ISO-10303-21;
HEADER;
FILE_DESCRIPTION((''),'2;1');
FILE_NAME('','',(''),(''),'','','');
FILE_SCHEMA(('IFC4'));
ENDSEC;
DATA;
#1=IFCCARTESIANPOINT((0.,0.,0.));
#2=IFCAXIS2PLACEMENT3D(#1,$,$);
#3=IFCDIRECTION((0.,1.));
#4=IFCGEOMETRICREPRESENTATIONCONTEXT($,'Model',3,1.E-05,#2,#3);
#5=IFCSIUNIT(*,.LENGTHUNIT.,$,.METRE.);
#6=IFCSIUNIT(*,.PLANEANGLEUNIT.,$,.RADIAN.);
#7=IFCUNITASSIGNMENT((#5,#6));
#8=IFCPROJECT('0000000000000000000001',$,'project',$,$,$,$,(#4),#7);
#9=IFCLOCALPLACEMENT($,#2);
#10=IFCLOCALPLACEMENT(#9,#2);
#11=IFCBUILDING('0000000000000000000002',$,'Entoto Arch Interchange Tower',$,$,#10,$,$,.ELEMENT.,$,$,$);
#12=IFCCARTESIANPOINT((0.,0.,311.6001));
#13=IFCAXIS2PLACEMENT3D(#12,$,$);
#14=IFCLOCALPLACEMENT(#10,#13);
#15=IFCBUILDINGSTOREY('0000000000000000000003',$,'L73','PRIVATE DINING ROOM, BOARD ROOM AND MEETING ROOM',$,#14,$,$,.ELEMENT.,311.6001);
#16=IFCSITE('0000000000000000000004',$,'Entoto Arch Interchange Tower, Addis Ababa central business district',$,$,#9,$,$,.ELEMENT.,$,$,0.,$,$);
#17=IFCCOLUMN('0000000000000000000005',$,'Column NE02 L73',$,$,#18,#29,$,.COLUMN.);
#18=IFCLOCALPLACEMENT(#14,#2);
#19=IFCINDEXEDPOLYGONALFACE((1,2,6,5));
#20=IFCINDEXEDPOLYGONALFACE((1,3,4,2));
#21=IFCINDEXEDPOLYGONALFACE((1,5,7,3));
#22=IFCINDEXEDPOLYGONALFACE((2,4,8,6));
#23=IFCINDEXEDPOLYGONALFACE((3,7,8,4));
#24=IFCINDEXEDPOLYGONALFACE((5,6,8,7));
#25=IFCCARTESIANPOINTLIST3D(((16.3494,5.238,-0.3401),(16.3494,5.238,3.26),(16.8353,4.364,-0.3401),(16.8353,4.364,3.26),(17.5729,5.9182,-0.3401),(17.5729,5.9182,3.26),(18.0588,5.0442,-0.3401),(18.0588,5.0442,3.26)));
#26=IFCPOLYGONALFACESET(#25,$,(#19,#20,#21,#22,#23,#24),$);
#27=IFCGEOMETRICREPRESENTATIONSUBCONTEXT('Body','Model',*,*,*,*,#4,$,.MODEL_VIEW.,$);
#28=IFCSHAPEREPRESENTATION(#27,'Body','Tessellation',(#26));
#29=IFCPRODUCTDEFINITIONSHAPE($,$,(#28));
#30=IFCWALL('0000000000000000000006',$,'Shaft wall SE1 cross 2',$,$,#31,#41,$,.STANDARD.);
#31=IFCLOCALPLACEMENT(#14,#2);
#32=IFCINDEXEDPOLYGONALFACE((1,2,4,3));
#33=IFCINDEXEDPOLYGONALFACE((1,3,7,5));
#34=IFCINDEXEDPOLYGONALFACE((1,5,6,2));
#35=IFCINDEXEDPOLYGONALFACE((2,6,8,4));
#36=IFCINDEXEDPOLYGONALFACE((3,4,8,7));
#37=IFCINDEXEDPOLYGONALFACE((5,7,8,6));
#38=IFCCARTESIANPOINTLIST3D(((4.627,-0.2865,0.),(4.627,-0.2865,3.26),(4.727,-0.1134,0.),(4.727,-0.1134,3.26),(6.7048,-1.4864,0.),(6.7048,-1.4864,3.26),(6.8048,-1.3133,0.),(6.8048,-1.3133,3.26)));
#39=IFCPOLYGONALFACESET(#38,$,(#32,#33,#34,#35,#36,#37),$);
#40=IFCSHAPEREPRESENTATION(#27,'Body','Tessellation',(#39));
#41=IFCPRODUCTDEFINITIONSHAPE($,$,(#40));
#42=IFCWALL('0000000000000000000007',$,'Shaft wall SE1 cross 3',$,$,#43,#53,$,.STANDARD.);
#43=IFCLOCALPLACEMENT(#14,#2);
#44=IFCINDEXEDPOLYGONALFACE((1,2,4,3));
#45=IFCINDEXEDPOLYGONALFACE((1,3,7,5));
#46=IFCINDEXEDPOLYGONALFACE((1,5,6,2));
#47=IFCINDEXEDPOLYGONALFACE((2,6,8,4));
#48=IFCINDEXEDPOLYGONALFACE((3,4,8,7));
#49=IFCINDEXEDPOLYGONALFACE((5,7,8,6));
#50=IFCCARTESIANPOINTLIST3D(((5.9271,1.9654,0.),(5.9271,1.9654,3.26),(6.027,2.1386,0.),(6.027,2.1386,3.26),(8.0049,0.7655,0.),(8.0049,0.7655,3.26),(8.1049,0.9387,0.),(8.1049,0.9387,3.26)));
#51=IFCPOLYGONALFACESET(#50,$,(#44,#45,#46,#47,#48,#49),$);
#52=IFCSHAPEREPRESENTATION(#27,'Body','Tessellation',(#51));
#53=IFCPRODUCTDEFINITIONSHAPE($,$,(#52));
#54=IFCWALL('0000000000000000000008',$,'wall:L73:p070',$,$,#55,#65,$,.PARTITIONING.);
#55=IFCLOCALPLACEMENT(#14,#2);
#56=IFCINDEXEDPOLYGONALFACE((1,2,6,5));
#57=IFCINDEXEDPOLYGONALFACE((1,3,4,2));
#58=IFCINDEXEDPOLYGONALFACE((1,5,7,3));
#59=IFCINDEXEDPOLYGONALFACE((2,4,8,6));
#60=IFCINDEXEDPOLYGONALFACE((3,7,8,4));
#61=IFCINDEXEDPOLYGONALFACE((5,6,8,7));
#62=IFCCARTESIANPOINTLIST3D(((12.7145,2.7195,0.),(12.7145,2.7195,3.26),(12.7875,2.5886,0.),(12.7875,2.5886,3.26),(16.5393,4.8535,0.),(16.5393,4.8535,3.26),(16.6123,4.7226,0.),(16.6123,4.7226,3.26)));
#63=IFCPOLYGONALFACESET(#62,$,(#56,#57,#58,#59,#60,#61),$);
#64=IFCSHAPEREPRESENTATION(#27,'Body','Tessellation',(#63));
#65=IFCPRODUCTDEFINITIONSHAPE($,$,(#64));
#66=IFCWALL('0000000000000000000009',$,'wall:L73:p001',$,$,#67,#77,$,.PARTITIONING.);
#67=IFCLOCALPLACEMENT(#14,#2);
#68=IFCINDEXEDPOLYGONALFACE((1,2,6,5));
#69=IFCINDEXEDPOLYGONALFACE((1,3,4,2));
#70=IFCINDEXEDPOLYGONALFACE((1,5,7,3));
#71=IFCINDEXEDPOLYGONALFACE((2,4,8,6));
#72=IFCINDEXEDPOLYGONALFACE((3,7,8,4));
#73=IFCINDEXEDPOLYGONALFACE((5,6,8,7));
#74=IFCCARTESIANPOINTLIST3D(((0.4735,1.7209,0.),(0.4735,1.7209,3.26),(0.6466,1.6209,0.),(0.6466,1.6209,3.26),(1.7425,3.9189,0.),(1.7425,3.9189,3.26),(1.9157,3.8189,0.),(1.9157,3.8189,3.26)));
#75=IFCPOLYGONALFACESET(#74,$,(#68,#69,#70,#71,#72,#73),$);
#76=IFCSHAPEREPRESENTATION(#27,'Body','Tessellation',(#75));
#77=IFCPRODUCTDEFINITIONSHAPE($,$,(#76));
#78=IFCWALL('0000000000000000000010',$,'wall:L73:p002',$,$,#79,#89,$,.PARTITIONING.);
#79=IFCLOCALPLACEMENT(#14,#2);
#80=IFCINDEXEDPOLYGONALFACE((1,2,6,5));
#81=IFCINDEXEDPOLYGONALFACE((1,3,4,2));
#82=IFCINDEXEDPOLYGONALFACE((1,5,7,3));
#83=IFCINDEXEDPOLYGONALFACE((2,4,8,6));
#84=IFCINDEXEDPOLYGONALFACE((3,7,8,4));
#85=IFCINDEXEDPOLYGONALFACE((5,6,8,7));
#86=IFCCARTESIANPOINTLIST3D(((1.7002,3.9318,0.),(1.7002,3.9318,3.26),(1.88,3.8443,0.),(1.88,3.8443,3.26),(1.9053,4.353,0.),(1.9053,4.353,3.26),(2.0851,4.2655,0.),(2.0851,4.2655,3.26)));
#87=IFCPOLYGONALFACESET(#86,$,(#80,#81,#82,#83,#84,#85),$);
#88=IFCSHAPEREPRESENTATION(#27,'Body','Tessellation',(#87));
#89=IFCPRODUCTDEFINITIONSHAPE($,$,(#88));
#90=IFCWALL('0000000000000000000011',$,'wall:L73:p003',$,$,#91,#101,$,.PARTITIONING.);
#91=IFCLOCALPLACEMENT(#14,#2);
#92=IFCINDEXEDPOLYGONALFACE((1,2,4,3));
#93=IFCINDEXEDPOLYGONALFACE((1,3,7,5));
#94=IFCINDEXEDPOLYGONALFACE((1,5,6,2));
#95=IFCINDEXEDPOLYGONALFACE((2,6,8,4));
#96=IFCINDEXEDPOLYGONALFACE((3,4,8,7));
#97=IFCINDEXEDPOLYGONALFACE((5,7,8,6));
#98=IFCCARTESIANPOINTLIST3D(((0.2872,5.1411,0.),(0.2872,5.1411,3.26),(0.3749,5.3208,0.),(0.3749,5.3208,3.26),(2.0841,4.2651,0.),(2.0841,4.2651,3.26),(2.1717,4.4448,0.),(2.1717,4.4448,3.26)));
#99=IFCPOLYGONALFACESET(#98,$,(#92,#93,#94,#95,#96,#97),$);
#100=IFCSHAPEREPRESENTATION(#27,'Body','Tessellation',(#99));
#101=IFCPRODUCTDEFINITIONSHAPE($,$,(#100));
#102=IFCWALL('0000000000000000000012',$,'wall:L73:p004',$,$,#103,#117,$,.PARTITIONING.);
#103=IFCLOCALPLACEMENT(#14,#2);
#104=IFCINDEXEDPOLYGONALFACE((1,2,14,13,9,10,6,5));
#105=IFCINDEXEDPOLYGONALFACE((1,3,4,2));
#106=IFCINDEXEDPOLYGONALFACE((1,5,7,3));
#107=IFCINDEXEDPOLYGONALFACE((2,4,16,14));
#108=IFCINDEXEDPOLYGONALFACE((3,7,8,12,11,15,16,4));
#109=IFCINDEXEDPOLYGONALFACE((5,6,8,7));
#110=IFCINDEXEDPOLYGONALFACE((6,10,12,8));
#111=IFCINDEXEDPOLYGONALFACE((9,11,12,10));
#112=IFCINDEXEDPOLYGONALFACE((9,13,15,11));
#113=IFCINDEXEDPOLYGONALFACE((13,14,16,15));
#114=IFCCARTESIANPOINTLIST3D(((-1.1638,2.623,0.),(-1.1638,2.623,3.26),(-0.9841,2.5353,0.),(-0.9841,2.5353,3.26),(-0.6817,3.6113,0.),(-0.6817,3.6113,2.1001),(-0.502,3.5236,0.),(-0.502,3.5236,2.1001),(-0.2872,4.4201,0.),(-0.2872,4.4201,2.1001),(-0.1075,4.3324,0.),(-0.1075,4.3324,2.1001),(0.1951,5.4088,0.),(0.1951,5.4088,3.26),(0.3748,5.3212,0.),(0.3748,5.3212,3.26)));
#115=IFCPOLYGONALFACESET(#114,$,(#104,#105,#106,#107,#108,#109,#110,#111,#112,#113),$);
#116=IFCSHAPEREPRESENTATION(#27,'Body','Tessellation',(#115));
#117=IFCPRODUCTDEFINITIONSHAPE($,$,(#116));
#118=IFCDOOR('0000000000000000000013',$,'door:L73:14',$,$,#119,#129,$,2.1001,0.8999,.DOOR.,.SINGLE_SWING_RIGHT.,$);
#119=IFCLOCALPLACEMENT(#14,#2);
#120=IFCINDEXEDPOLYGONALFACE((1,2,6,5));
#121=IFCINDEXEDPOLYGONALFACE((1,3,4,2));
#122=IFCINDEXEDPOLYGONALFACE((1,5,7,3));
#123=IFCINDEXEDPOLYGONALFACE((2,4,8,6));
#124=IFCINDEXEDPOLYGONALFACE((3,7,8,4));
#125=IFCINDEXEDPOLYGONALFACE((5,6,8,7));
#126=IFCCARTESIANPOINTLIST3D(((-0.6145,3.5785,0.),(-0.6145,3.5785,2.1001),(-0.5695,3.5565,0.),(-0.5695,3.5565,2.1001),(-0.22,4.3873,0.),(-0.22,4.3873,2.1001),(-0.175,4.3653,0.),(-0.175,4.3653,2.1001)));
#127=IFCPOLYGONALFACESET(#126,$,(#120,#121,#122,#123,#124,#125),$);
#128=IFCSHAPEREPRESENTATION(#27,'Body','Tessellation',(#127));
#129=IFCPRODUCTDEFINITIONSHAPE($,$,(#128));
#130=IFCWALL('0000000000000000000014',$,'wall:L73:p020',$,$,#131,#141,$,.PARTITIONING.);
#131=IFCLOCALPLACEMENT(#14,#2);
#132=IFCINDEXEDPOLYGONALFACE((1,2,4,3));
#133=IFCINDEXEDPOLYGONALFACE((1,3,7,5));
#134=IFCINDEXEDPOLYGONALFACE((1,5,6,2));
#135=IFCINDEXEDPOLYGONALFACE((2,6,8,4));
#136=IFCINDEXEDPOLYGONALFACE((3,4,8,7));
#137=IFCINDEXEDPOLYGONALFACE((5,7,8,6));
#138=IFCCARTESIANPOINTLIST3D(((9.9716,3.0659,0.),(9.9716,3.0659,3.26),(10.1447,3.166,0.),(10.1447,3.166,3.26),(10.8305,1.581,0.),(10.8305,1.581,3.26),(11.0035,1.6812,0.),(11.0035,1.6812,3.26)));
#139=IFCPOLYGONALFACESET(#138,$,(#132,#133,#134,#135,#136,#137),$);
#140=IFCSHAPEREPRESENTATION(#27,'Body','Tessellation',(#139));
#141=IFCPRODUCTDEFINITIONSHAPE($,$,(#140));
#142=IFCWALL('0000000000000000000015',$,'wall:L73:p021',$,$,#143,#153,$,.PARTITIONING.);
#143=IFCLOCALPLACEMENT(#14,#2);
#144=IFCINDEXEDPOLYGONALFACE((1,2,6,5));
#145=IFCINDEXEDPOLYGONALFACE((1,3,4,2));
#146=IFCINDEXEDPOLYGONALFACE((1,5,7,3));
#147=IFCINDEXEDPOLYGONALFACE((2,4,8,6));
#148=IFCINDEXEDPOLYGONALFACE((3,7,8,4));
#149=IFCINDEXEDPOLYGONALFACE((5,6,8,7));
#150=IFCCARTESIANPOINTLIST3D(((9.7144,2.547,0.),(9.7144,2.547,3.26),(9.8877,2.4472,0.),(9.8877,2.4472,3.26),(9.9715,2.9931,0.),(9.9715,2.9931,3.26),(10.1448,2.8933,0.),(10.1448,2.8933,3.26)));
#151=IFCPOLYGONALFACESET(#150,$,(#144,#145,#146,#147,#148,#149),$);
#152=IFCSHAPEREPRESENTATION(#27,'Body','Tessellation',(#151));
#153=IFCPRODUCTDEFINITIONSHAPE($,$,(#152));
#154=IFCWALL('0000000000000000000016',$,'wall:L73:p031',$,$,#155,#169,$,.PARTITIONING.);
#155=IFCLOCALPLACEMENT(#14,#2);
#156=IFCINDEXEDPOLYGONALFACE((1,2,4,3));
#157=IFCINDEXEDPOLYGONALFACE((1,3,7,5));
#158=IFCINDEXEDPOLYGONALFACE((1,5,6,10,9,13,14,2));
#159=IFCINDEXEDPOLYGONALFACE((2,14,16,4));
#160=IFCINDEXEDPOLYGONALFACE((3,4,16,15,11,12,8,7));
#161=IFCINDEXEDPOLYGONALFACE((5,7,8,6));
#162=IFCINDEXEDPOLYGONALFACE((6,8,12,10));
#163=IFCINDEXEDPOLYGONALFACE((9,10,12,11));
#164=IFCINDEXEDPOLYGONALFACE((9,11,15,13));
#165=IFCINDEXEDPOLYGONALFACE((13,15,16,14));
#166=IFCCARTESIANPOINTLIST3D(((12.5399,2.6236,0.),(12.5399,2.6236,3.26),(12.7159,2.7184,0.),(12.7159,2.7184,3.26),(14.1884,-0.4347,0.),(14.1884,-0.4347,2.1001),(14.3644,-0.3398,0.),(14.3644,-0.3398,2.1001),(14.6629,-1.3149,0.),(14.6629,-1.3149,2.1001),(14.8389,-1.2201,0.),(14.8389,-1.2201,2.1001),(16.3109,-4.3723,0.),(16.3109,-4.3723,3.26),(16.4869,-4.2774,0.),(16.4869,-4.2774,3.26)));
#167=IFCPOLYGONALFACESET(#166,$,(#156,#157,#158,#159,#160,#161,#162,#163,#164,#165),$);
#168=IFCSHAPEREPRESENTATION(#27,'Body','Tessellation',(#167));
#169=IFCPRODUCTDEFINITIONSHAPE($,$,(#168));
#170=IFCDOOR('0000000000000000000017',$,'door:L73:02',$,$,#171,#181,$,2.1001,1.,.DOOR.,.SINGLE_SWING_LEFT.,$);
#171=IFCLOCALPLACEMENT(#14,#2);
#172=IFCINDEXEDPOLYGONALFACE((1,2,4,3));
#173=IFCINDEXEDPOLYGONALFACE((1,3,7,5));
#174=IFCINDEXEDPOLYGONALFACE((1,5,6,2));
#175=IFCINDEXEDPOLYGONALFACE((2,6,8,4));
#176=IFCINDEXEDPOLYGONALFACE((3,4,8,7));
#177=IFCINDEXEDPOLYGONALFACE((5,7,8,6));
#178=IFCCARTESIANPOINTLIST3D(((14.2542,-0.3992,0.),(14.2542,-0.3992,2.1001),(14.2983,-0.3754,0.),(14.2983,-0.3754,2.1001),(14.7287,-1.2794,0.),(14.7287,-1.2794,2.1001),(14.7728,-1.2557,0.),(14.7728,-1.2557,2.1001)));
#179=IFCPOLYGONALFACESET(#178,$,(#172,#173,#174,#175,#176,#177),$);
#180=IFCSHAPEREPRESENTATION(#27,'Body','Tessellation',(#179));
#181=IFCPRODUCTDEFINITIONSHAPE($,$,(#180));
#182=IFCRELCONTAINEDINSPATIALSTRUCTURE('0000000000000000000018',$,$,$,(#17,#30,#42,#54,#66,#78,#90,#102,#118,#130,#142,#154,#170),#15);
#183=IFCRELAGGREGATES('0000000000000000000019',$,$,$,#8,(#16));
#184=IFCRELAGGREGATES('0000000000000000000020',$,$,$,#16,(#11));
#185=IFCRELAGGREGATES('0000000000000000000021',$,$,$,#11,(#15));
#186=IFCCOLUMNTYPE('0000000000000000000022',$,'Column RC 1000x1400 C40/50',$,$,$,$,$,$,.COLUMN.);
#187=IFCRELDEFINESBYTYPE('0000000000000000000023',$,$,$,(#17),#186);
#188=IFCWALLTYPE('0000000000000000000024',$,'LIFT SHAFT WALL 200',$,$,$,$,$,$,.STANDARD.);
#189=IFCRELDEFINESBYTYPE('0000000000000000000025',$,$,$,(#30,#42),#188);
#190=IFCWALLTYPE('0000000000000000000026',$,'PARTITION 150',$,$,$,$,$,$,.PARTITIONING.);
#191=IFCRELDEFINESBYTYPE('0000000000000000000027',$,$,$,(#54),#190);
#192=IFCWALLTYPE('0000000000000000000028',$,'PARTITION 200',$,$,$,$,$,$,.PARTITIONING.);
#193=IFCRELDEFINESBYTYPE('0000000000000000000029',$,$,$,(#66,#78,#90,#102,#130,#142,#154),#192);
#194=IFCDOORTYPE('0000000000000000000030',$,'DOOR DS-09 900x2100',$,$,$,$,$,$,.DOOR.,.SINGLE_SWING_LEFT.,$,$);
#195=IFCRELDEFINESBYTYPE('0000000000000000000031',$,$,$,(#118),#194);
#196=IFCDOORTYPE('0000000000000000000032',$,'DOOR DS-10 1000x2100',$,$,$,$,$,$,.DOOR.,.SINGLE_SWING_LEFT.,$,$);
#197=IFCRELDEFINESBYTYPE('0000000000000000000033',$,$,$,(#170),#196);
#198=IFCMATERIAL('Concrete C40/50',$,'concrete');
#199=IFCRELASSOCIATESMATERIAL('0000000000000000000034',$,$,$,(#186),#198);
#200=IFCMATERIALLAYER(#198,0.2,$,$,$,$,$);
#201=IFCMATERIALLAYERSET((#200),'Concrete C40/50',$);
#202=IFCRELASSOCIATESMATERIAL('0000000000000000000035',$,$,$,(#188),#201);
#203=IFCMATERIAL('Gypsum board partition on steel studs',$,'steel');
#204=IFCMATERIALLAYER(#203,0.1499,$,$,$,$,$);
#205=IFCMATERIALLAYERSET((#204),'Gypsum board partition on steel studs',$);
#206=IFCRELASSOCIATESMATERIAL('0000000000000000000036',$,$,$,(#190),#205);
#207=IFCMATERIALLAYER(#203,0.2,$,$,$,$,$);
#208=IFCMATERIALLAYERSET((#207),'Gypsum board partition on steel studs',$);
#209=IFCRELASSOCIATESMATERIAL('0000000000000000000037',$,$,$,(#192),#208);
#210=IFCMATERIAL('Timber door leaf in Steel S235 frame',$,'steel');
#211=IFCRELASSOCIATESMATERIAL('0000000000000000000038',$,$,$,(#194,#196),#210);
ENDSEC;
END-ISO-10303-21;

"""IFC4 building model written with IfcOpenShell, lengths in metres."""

from ifc_helpers import new_model, si_unit, direction, frame, frame_2d, origin, origin_2d, place, context, subcontext, project, spatial, rectangle, extrude, material, layer, layer_set, material_profile, profile_set, type_object, element, fill, save


model = new_model("IFC4")

# Units and contexts
model_context = context("Model", 3, precision=1e-05, world=origin(), true_north=direction((0.0, 1.0)))
body_context = subcontext(model_context, "Body", "Model", "MODEL_VIEW")
ifc_project = project(units=[si_unit("LENGTHUNIT", "METRE"), si_unit("PLANEANGLEUNIT", "RADIAN")], contexts=[model_context])

# Site, building, storey
site_placement = place(None, origin())
site = spatial("IfcSite", under=ifc_project, at=site_placement, Name="Entoto Arch Interchange Tower, Addis Ababa central business district", CompositionType="ELEMENT", RefElevation=0.0)
building_placement = place(site_placement, origin())
building = spatial("IfcBuilding", under=site, at=building_placement, Name="Entoto Arch Interchange Tower", CompositionType="ELEMENT")
storey_placement = place(building_placement, frame((0.0, 0.0, 311.6001)))
storey = spatial("IfcBuildingStorey", under=building, at=storey_placement, Name="L73", Description="PRIVATE DINING ROOM, BOARD ROOM AND MEETING ROOM", CompositionType="ELEMENT", Elevation=311.6001)

# Column
ifc_material_1 = material(Name="Concrete C40/50", Category="concrete")
ifc_material_profile = material_profile(ifc_material_1, rectangle(XDim=1.0, YDim=1.3999, at=origin_2d()))
ifc_profile_set = profile_set([ifc_material_profile], Name="Concrete C40/50")
column_type = type_object("IfcColumnType", Name="Column RC 1000x1400 C40/50", PredefinedType="COLUMN", material=ifc_profile_set)
column_placement = place(storey_placement, frame((17.2041, 5.1411, -0.3401), z_axis=(0.0, 0.0, 1.0), x_axis=(-0.485924, 0.874001, 0.0)))
element("IfcColumn", 1, at=column_placement, inside=storey, type_object=column_type, Name="Column NE02 L73", PredefinedType="COLUMN", context=body_context, shape_type="SweptSolid", body=[
    extrude(rectangle(XDim=1.0, YDim=1.3999, at=origin_2d()), origin(), (0.0, 0.0, 1.0), 3.6001),
])

# Walls
ifc_layer_1 = layer(ifc_material_1, 0.2)
ifc_layer_set_1 = layer_set([ifc_layer_1], Name="Concrete C40/50")
wall_type_1 = type_object("IfcWallType", Name="LIFT SHAFT WALL 200", PredefinedType="STANDARD", material=ifc_layer_set_1)
for number, where, z_axis, x_axis, name in (
    (2, (4.677, -0.2, 0.0), (0.0, 0.0, 1.0), (0.865974, -0.500089, 0.0), "Shaft wall SE1 cross 2"),
    (3, (5.9771, 2.052, 0.0), (0.0, 0.0, 1.0), (0.865974, -0.500089, 0.0), "Shaft wall SE1 cross 3"),
):
    element("IfcWall", number, at=place(storey_placement, frame(where, z_axis=z_axis, x_axis=x_axis)), inside=storey, type_object=wall_type_1, Name=name, PredefinedType="STANDARD", context=body_context, shape_type="SweptSolid", body=[
        extrude(rectangle(XDim=2.3994, YDim=0.2, at=frame_2d((1.1997, 0.0))), origin(), (0.0, 0.0, 1.0), 3.26),
    ])
ifc_material_2 = material(Name="Gypsum board partition on steel studs", Category="steel")
ifc_layer_2 = layer(ifc_material_2, 0.1499)
ifc_layer_set_2 = layer_set([ifc_layer_2], Name="Gypsum board partition on steel studs")
wall_type_2 = type_object("IfcWallType", Name="PARTITION 150", PredefinedType="PARTITIONING", material=ifc_layer_set_2)
wall_1_placement = place(storey_placement, frame((12.751, 2.6541, 0.0), z_axis=(0.0, 0.0, 1.0), x_axis=(0.873278, 0.487223, 0.0)))
element("IfcWall", 4, at=wall_1_placement, inside=storey, type_object=wall_type_2, Name="wall:L73:p070", PredefinedType="PARTITIONING", context=body_context, shape_type="SweptSolid", body=[
    extrude(rectangle(XDim=4.3799, YDim=0.1499, at=frame_2d((2.1899, 0.0))), origin(), (0.0, 0.0, 1.0), 3.26),
])
ifc_layer_3 = layer(ifc_material_2, 0.2)
ifc_layer_set_3 = layer_set([ifc_layer_3], Name="Gypsum board partition on steel studs")
wall_type_3 = type_object("IfcWallType", Name="PARTITION 200", PredefinedType="PARTITIONING", material=ifc_layer_set_3)
wall_2_placement = place(storey_placement, frame((0.5601, 1.6709, 0.0), z_axis=(0.0, 0.0, 1.0), x_axis=(0.500008, 0.866021, 0.0)))
element("IfcWall", 5, at=wall_2_placement, inside=storey, type_object=wall_type_3, Name="wall:L73:p001", PredefinedType="PARTITIONING", context=body_context, shape_type="SweptSolid", body=[
    extrude(rectangle(XDim=2.5381, YDim=0.2, at=frame_2d((1.269, 0.0))), origin(), (0.0, 0.0, 1.0), 3.26),
])
wall_3_placement = place(storey_placement, frame((1.79, 3.8879, 0.0), z_axis=(0.0, 0.0, 1.0), x_axis=(0.437807, 0.899069, 0.0)))
element("IfcWall", 6, at=wall_3_placement, inside=storey, type_object=wall_type_3, Name="wall:L73:p002", PredefinedType="PARTITIONING", context=body_context, shape_type="SweptSolid", body=[
    extrude(rectangle(XDim=0.4685, YDim=0.2, at=frame_2d((0.2344, 0.0))), origin(), (0.0, 0.0, 1.0), 3.26),
])
wall_4_placement = place(storey_placement, frame((2.1279, 4.355, 0.0), z_axis=(0.0, 0.0, 1.0), x_axis=(-0.898876, 0.438202, 0.0)))
element("IfcWall", 7, at=wall_4_placement, inside=storey, type_object=wall_type_3, Name="wall:L73:p003", PredefinedType="PARTITIONING", context=body_context, shape_type="SweptSolid", body=[
    extrude(rectangle(XDim=1.999, YDim=0.2, at=frame_2d((0.9995, 0.0))), origin(), (0.0, 0.0, 1.0), 3.26),
])

# Wall, opening, door
wall_5_placement = place(storey_placement, frame((0.2849, 5.365, 0.0), z_axis=(0.0, 0.0, 1.0), x_axis=(-0.438402, -0.898779, 0.0)))
wall_5 = element("IfcWall", 8, at=wall_5_placement, inside=storey, type_object=wall_type_3, Name="wall:L73:p004", PredefinedType="PARTITIONING", context=body_context, shape_type="SweptSolid", body=[
    extrude(rectangle(XDim=3.0996, YDim=0.2, at=frame_2d((1.5498, 0.0))), origin(), (0.0, 0.0, 1.0), 3.26),
])
opening_1_placement = place(wall_5_placement, frame((1.1001, 0.0, 0.0)))
opening_1 = element("IfcOpeningElement", 9, at=opening_1_placement, cuts=wall_5, PredefinedType="OPENING", context=body_context, shape_type="SweptSolid", body=[
    extrude(rectangle(XDim=0.8999, YDim=2.1001, at=frame_2d((0.45, 1.05))), frame((0.0, 0.1099, 0.0), z_axis=(0.0, -1.0, 0.0), x_axis=(1.0, 0.0, 0.0)), (0.0, 0.0, 1.0), 0.22),
])
ifc_material_3 = material(Name="Timber door leaf in Steel S235 frame", Category="steel")
door_type_1 = type_object("IfcDoorType", Name="DOOR DS-09 900x2100", OperationType="SINGLE_SWING_LEFT", PredefinedType="DOOR", material=ifc_material_3)
door_1_placement = place(opening_1_placement, origin())
door_1 = element("IfcDoor", 10, at=door_1_placement, inside=storey, type_object=door_type_1, Name="door:L73:14", OperationType="SINGLE_SWING_RIGHT", OverallHeight=2.1001, OverallWidth=0.8999, PredefinedType="DOOR", context=body_context, shape_type="SweptSolid", body=[
    extrude(rectangle(XDim=0.8999, YDim=2.1001, at=frame_2d((0.45, 1.05))), frame((0.0, 0.0249, 0.0), z_axis=(0.0, -1.0, 0.0), x_axis=(1.0, 0.0, 0.0)), (0.0, 0.0, 1.0), 0.05),
])
fill(opening_1, door_1)

# Walls
wall_6_placement = place(storey_placement, frame((10.917, 1.6311, 0.0), z_axis=(0.0, 0.0, 1.0), x_axis=(-0.5007, 0.865621, 0.0)))
element("IfcWall", 11, at=wall_6_placement, inside=storey, type_object=wall_type_3, Name="wall:L73:p020", PredefinedType="PARTITIONING", context=body_context, shape_type="SweptSolid", body=[
    extrude(rectangle(XDim=1.7153, YDim=0.2, at=frame_2d((0.8577, 0.0))), origin(), (0.0, 0.0, 1.0), 3.26),
])
wall_7_placement = place(storey_placement, frame((10.0581, 2.9431, 0.0), z_axis=(0.0, 0.0, 1.0), x_axis=(-0.499353, -0.866399, 0.0)))
element("IfcWall", 12, at=wall_7_placement, inside=storey, type_object=wall_type_3, Name="wall:L73:p021", PredefinedType="PARTITIONING", context=body_context, shape_type="SweptSolid", body=[
    extrude(rectangle(XDim=0.5149, YDim=0.2, at=frame_2d((0.2573, 0.0))), origin(), (0.0, 0.0, 1.0), 3.26),
])

# Wall, opening, door
wall_8_placement = place(storey_placement, frame((12.6279, 2.6709, 0.0), z_axis=(0.0, 0.0, 1.0), x_axis=(0.47449, -0.880261, 0.0)))
wall_8 = element("IfcWall", 13, at=wall_8_placement, inside=storey, type_object=wall_type_3, Name="wall:L73:p031", PredefinedType="PARTITIONING", context=body_context, shape_type="SweptSolid", body=[
    extrude(rectangle(XDim=7.9475, YDim=0.2, at=frame_2d((3.9736, 0.0))), origin(), (0.0, 0.0, 1.0), 3.26),
])
opening_2_placement = place(wall_8_placement, frame((3.4741, 0.0, 0.0)))
opening_2 = element("IfcOpeningElement", 14, at=opening_2_placement, cuts=wall_8, PredefinedType="OPENING", context=body_context, shape_type="SweptSolid", body=[
    extrude(rectangle(XDim=1.0, YDim=2.1001, at=frame_2d((0.5, 1.05))), frame((0.0, 0.1099, 0.0), z_axis=(0.0, -1.0, 0.0), x_axis=(1.0, 0.0, 0.0)), (0.0, 0.0, 1.0), 0.22),
])
door_type_2 = type_object("IfcDoorType", Name="DOOR DS-10 1000x2100", OperationType="SINGLE_SWING_LEFT", PredefinedType="DOOR", material=ifc_material_3)
door_2_placement = place(opening_2_placement, origin())
door_2 = element("IfcDoor", 15, at=door_2_placement, inside=storey, type_object=door_type_2, Name="door:L73:02", OperationType="SINGLE_SWING_LEFT", OverallHeight=2.1001, OverallWidth=1.0, PredefinedType="DOOR", context=body_context, shape_type="SweptSolid", body=[
    extrude(rectangle(XDim=1.0, YDim=2.1001, at=frame_2d((0.5, 1.05))), frame((0.0, 0.0249, 0.0), z_axis=(0.0, -1.0, 0.0), x_axis=(1.0, 0.0, 0.0)), (0.0, 0.0, 1.0), 0.05),
])
fill(opening_2, door_2)

save(model, "model.ifc")
